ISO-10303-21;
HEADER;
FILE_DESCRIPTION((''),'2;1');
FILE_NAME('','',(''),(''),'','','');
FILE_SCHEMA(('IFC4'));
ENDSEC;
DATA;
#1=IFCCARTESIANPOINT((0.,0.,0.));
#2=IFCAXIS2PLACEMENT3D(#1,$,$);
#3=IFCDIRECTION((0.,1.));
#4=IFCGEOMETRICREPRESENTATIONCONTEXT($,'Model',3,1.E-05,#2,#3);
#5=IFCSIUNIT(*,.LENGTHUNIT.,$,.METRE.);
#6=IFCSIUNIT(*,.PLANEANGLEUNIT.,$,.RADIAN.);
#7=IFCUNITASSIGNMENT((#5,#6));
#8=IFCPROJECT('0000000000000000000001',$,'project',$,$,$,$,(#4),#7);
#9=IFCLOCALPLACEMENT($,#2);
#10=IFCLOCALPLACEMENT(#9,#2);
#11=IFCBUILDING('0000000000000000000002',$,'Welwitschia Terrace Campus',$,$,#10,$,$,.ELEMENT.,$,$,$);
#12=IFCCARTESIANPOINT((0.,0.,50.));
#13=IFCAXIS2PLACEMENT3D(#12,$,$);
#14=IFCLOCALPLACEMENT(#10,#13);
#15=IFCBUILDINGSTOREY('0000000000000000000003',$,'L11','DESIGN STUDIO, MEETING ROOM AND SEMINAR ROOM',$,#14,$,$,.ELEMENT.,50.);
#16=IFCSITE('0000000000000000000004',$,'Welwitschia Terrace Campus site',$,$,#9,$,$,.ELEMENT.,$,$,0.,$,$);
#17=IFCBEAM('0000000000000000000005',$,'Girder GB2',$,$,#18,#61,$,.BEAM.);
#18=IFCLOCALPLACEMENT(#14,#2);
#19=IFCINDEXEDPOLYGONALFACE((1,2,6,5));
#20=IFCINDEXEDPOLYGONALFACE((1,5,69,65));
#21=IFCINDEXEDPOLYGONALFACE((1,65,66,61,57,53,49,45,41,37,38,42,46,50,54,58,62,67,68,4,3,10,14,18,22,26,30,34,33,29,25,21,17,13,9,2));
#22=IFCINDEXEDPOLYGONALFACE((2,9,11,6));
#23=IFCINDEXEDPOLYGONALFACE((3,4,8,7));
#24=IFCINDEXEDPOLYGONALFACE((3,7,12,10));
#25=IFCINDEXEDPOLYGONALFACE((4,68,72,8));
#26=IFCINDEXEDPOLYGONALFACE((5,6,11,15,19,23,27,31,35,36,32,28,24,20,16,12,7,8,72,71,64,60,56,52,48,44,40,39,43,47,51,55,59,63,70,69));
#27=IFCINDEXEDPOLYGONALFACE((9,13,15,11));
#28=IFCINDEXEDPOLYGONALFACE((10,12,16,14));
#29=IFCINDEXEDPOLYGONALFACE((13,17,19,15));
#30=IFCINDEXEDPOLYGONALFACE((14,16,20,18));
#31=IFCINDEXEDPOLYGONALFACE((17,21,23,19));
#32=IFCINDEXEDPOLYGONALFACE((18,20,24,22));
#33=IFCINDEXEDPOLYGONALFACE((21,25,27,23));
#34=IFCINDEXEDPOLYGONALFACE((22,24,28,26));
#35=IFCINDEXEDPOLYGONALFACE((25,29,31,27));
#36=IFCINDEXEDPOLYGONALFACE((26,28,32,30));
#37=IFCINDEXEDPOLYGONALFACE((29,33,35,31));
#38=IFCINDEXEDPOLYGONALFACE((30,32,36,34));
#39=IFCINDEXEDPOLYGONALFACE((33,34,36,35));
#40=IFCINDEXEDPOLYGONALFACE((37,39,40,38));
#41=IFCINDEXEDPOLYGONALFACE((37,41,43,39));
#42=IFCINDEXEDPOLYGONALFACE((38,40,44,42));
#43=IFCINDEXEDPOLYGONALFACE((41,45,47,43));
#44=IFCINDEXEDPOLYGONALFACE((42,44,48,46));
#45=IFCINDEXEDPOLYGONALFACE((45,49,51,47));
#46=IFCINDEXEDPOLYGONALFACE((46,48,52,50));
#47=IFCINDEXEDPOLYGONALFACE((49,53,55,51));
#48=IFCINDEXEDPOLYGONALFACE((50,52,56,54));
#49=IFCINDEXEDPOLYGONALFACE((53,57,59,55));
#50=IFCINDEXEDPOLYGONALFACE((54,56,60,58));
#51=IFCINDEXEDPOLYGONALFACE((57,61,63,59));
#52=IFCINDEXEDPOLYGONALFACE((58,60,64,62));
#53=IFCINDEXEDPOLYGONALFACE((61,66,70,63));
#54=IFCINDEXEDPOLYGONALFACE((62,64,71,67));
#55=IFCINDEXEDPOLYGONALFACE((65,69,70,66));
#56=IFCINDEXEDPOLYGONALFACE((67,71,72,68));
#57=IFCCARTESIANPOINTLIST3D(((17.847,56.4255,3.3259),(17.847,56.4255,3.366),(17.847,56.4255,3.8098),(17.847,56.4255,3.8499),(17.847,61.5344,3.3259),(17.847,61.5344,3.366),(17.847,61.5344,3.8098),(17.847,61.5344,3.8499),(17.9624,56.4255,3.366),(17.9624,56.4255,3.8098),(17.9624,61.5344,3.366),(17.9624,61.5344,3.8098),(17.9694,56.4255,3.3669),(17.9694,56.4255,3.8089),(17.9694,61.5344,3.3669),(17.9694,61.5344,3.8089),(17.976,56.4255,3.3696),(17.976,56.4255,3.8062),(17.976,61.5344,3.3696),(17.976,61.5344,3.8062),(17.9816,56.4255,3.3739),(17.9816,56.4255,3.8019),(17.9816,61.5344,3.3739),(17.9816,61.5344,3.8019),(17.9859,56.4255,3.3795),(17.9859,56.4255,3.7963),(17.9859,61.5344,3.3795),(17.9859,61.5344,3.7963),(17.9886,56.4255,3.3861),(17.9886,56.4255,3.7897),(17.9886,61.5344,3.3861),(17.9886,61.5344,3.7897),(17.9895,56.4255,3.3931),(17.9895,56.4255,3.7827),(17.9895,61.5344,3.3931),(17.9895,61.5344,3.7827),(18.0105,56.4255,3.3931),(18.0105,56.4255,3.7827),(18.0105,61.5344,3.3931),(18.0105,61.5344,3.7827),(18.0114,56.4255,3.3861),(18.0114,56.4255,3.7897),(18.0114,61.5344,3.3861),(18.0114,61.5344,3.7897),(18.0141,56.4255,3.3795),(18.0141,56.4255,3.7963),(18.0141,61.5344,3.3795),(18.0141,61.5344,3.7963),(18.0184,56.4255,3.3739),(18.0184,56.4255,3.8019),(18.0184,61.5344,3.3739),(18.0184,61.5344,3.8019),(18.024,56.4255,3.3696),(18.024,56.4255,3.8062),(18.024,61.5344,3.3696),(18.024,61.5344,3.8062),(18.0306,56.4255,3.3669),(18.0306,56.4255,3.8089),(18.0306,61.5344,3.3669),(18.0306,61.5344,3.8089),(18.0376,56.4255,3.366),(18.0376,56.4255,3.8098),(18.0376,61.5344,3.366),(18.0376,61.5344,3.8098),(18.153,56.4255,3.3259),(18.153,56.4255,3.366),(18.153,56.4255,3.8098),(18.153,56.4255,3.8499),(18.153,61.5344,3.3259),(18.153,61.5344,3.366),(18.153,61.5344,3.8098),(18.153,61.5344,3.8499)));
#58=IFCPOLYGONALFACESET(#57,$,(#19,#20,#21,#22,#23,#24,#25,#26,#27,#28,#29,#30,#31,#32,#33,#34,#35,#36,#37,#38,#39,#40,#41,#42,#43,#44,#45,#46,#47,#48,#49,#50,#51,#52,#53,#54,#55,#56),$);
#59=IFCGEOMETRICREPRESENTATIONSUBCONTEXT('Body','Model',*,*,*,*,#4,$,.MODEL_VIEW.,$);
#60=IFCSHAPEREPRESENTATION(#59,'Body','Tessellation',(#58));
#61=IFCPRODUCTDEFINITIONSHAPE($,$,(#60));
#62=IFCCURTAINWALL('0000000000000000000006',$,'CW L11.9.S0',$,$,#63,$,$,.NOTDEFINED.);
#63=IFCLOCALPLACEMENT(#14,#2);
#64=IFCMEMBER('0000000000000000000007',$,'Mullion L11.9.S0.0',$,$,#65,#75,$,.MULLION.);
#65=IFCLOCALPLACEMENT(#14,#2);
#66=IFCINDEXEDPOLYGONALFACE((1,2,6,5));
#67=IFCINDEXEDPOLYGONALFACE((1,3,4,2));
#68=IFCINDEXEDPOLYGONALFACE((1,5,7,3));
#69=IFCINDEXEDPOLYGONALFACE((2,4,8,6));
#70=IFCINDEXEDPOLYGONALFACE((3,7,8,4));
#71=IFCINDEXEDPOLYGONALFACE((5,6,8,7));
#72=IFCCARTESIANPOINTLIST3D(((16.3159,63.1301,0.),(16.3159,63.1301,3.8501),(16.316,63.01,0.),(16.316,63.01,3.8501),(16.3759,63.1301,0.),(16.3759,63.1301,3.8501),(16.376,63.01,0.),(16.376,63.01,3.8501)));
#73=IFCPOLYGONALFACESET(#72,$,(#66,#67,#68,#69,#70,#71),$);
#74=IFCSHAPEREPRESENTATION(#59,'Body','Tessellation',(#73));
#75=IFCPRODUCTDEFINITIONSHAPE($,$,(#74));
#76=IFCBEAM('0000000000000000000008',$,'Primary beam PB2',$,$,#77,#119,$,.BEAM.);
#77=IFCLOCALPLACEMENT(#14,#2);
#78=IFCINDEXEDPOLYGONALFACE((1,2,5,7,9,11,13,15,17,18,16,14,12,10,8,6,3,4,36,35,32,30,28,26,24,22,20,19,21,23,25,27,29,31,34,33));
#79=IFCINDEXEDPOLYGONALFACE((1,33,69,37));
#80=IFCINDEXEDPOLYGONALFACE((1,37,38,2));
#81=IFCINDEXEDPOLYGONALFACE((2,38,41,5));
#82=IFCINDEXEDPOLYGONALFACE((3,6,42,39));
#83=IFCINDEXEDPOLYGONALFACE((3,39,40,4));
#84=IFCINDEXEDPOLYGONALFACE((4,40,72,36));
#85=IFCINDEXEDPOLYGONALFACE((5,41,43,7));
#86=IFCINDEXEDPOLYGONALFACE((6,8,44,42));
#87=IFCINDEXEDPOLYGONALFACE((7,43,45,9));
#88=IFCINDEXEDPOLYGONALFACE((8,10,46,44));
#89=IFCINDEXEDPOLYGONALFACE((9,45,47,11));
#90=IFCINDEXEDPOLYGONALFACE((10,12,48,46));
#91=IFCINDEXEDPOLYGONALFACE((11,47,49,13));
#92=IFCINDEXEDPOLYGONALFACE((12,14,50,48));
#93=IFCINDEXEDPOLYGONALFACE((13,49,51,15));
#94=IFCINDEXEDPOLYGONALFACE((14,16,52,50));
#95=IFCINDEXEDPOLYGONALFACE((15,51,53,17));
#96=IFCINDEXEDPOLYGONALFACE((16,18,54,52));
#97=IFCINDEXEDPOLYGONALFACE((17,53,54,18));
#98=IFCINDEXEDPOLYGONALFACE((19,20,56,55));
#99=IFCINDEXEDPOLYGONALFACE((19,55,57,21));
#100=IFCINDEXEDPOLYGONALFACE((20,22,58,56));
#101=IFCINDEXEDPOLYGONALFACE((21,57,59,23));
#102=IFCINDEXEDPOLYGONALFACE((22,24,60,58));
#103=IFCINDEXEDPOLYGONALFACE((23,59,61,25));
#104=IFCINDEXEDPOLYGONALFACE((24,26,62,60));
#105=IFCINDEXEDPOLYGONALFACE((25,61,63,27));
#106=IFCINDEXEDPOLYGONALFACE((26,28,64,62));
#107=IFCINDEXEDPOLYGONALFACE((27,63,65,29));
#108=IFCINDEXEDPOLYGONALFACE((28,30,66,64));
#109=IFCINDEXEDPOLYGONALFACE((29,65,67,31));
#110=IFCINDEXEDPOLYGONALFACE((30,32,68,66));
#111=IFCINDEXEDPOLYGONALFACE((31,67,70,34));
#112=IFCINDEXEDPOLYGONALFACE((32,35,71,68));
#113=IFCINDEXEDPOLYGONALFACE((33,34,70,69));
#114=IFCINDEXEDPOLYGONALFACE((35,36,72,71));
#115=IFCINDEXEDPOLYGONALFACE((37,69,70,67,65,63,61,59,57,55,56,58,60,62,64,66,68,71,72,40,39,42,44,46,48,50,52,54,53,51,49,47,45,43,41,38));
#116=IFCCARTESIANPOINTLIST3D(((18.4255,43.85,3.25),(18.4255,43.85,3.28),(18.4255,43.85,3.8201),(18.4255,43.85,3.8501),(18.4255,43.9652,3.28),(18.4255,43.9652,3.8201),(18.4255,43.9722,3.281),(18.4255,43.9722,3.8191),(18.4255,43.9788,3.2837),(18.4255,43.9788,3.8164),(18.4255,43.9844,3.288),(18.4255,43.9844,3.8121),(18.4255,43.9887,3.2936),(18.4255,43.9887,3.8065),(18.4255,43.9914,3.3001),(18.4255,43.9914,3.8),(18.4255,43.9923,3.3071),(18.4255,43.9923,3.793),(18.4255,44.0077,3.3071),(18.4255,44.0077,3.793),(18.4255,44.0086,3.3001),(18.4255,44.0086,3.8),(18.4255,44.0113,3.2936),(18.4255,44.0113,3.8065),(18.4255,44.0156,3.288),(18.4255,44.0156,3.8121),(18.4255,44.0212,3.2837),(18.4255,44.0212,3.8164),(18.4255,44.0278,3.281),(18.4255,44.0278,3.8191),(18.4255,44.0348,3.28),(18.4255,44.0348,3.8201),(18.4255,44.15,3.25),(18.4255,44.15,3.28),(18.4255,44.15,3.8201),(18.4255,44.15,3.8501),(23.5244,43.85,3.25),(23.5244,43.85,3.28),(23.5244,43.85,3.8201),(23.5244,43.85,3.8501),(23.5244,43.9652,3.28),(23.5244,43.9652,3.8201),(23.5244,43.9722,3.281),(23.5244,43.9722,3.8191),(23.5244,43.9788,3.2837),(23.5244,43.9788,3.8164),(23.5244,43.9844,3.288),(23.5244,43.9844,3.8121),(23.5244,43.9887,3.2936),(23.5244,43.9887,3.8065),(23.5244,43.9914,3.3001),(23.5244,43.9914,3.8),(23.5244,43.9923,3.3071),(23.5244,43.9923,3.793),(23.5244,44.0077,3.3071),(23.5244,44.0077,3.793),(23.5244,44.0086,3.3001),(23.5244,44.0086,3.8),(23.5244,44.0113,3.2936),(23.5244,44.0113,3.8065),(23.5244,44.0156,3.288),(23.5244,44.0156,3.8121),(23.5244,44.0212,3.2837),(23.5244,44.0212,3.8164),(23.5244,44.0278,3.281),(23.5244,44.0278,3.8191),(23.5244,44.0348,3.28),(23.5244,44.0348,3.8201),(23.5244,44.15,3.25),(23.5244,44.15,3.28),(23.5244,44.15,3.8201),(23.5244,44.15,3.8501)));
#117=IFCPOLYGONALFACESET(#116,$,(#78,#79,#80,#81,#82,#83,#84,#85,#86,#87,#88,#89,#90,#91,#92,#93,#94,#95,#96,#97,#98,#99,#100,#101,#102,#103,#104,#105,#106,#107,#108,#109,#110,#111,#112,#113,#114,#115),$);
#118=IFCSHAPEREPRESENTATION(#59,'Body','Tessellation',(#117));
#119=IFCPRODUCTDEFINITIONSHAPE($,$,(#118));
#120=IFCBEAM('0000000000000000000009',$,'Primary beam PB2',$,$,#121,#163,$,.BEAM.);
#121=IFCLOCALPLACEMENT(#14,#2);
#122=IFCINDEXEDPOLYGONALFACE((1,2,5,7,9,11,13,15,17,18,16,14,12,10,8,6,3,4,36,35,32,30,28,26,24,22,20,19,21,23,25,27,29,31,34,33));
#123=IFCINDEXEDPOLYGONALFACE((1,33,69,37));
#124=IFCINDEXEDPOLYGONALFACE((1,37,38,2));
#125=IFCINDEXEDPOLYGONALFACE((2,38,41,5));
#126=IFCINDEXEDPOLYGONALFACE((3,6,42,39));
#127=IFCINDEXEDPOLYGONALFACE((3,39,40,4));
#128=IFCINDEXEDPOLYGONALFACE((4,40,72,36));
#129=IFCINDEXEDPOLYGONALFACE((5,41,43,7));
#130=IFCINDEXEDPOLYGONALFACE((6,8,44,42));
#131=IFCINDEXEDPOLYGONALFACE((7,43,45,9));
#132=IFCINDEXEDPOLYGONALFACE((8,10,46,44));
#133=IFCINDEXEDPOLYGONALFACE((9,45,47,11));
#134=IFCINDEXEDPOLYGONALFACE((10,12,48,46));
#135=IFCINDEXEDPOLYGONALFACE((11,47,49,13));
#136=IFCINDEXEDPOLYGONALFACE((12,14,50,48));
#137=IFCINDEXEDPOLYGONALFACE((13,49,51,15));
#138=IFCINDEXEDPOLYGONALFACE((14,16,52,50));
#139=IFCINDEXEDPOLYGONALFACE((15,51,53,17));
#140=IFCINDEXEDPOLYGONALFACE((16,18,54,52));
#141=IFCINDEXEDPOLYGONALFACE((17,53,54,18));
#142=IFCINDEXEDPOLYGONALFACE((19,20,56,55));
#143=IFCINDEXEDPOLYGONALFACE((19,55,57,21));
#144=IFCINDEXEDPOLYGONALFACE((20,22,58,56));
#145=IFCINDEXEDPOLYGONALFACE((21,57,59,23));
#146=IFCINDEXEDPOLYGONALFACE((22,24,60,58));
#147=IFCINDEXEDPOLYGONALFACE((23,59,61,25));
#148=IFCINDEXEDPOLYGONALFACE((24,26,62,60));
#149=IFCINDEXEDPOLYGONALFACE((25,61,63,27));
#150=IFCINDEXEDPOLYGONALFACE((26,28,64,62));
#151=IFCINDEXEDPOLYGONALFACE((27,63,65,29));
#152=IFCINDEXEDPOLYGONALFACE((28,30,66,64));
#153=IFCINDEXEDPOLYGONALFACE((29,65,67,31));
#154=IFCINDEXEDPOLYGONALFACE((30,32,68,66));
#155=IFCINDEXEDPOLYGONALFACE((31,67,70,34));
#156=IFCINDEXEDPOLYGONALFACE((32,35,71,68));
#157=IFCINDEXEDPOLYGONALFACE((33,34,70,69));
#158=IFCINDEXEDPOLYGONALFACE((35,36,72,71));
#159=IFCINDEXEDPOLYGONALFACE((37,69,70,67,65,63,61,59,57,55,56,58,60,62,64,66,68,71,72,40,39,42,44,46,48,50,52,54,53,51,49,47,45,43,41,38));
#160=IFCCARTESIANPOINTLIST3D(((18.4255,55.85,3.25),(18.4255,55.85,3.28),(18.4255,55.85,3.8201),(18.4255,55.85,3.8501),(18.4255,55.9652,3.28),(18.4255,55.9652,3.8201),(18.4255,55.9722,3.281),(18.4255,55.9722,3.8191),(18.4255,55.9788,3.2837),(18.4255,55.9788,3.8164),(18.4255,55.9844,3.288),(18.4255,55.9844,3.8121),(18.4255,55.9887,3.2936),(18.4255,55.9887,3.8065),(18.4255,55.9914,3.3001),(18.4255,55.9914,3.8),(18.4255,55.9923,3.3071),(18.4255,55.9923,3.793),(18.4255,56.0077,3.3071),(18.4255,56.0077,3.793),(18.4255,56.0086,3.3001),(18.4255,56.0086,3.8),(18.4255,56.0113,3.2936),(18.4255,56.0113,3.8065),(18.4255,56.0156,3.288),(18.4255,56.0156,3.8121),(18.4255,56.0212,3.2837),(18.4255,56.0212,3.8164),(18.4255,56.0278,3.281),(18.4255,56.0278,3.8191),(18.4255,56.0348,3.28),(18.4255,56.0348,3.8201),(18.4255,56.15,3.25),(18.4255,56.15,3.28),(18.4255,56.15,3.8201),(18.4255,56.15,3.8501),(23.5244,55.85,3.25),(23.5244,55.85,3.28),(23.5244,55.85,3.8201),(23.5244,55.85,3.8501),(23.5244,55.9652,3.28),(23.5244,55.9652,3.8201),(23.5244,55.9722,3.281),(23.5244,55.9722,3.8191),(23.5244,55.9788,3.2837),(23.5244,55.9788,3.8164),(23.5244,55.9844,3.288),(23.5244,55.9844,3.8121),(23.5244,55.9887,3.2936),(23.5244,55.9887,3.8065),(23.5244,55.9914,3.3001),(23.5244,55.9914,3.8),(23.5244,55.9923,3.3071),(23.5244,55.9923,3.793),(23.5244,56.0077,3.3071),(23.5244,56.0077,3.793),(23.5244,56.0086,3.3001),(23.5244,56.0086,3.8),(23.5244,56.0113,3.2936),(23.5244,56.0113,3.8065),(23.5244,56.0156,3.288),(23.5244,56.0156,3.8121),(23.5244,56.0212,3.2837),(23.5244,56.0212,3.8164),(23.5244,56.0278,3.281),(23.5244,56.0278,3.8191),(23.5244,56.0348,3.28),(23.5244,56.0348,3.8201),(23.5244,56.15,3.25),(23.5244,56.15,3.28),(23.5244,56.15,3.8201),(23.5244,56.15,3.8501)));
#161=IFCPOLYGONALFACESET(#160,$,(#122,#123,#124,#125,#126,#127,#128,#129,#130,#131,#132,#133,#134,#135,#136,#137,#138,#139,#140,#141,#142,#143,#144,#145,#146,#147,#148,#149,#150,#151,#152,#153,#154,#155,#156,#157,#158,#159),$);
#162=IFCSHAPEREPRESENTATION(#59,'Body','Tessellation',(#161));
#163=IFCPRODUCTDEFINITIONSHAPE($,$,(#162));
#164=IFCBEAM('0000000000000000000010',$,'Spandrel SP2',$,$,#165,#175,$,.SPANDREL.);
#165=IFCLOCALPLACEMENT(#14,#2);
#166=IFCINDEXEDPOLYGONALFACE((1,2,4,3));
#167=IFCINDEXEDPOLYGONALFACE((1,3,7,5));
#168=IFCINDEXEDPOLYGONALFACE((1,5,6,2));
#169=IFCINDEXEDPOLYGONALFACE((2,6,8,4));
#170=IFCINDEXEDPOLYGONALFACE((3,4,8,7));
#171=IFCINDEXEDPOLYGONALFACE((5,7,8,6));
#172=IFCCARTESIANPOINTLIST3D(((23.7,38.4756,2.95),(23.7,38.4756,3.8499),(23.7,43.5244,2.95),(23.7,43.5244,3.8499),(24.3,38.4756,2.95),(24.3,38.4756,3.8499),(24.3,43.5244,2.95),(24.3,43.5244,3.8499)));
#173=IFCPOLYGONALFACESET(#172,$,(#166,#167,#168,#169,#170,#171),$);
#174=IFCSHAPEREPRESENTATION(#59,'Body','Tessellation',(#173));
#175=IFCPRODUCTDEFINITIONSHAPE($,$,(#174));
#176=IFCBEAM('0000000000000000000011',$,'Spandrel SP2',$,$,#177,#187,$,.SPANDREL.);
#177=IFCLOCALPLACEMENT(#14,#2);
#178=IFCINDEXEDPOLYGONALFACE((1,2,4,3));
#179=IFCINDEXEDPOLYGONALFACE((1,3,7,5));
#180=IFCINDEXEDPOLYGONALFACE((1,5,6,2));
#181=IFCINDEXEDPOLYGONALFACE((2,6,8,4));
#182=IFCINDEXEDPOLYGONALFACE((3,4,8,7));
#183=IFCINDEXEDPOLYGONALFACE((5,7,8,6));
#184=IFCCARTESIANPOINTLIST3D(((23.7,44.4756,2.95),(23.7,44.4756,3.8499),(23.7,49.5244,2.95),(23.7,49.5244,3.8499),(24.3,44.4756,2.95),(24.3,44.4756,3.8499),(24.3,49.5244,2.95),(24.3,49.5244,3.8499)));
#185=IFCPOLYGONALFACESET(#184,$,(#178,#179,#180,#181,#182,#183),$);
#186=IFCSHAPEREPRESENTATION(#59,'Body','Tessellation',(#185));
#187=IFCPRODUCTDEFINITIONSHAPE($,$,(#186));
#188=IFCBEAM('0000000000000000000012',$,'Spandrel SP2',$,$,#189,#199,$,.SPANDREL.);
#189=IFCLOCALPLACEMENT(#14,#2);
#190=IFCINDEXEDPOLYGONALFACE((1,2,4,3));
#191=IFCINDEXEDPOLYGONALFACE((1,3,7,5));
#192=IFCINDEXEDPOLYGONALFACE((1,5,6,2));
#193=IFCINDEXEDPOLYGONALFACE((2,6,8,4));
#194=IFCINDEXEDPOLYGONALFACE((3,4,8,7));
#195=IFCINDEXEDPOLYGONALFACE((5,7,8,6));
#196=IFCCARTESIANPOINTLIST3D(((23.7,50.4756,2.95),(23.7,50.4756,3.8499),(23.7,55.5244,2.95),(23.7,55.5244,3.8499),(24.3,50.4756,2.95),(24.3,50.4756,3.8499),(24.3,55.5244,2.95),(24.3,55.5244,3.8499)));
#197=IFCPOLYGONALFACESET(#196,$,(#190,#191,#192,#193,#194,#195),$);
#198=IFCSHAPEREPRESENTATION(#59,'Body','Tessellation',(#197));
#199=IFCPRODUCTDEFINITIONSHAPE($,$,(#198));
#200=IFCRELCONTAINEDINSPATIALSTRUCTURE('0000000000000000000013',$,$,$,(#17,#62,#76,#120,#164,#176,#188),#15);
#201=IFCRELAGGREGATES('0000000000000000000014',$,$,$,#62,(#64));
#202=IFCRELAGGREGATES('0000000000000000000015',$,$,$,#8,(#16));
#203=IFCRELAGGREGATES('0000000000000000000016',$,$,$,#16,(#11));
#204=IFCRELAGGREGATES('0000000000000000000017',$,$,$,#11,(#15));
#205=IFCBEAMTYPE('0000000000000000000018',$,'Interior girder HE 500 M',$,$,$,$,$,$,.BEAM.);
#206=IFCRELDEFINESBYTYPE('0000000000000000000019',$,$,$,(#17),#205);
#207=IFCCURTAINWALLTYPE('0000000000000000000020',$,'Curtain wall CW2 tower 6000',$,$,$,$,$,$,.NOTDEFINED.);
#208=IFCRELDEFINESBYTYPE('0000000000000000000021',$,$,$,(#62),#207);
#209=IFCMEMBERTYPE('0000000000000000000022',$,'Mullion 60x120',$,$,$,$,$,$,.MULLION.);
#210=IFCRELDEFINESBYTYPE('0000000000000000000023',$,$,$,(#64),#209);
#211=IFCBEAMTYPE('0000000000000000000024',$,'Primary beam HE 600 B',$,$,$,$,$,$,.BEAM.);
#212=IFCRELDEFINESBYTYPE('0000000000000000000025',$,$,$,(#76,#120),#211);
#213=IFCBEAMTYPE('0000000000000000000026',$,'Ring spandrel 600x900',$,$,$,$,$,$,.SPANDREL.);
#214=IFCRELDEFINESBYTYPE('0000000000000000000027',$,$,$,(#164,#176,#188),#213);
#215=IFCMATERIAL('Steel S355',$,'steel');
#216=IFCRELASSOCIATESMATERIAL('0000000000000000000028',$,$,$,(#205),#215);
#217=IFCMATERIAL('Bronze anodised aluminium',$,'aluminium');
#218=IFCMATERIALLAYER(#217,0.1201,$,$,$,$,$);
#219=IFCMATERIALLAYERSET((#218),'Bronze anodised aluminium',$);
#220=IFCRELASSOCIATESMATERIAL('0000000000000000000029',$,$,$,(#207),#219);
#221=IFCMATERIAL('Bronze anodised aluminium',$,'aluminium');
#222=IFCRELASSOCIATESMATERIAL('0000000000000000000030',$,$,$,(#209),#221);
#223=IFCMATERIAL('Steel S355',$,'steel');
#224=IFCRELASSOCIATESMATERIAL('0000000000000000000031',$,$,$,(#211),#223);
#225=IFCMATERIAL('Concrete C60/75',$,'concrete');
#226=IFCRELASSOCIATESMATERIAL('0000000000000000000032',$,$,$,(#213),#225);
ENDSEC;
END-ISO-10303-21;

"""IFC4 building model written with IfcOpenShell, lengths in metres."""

from ifc_helpers import new_model, si_unit, direction, frame, origin, origin_2d, place, context, subcontext, project, spatial, rectangle, i_section, extrude, material, layer, layer_set, material_profile, profile_set, type_object, element, aggregate, save


model = new_model("IFC4")

# Units and contexts
model_context = context("Model", 3, precision=1e-05, world=origin(), true_north=direction((0.0, 1.0)))
body_context = subcontext(model_context, "Body", "Model", "MODEL_VIEW")
ifc_project = project(units=[si_unit("LENGTHUNIT", "METRE"), si_unit("PLANEANGLEUNIT", "RADIAN")], contexts=[model_context])

# Site, building, storey
site_placement = place(None, origin())
site = spatial("IfcSite", under=ifc_project, at=site_placement, Name="Welwitschia Terrace Campus site", CompositionType="ELEMENT", RefElevation=0.0)
building_placement = place(site_placement, origin())
building = spatial("IfcBuilding", under=site, at=building_placement, Name="Welwitschia Terrace Campus", CompositionType="ELEMENT")
storey_placement = place(building_placement, frame((0.0, 0.0, 50.0)))
storey = spatial("IfcBuildingStorey", under=building, at=storey_placement, Name="L11", Description="DESIGN STUDIO, MEETING ROOM AND SEMINAR ROOM", CompositionType="ELEMENT", Elevation=50.0)

# Beam
ifc_material_1 = material(Name="Steel S355", Category="steel")
ifc_material_profile_1 = material_profile(ifc_material_1, i_section(OverallWidth=0.3059, OverallDepth=0.5239, WebThickness=0.021, FlangeThickness=0.04, FilletRadius=0.0271, at=origin_2d()))
ifc_profile_set_1 = profile_set([ifc_material_profile_1], Name="Steel S355")
beam_type_1 = type_object("IfcBeamType", Name="Interior girder HE 500 M", PredefinedType="BEAM", material=ifc_profile_set_1)
beam_1_placement = place(storey_placement, frame((18.0, 56.4255, 3.5879), z_axis=(0.0, 1.0, 0.0), x_axis=(-1.0, 0.0, 0.0)))
element("IfcBeam", 1, at=beam_1_placement, inside=storey, type_object=beam_type_1, Name="Girder GB2", PredefinedType="BEAM", context=body_context, shape_type="SweptSolid", body=[
    extrude(i_section(OverallWidth=0.3059, OverallDepth=0.5239, WebThickness=0.021, FlangeThickness=0.04, FilletRadius=0.0271, at=origin_2d()), origin(), (0.0, 0.0, 1.0), 5.1089),
])

# Curtain wall, member
ifc_material_2 = material(Name="Bronze anodised aluminium", Category="aluminium")
ifc_layer_1 = layer(ifc_material_2, 0.1201)
ifc_layer_set_1 = layer_set([ifc_layer_1], Name="Bronze anodised aluminium")
curtain_wall_type = type_object("IfcCurtainWallType", Name="Curtain wall CW2 tower 6000", PredefinedType="NOTDEFINED", material=ifc_layer_set_1)
curtain_wall_placement = place(storey_placement, origin())
curtain_wall = element("IfcCurtainWall", 2, at=curtain_wall_placement, inside=storey, type_object=curtain_wall_type, Name="CW L11.9.S0", PredefinedType="NOTDEFINED")
ifc_material_3 = material(Name="Bronze anodised aluminium", Category="aluminium")
ifc_material_profile_2 = material_profile(ifc_material_3, rectangle(XDim=0.1201, YDim=0.0601, at=origin_2d()))
ifc_profile_set_2 = profile_set([ifc_material_profile_2], Name="Bronze anodised aluminium")
member_type = type_object("IfcMemberType", Name="Mullion 60x120", PredefinedType="MULLION", material=ifc_profile_set_2)
member_placement = place(storey_placement, frame((16.3459, 63.0701, 0.0), z_axis=(0.0, 0.0, 1.0), x_axis=(0.000696, -1.0, 0.0)))
member = element("IfcMember", 3, at=member_placement, type_object=member_type, Name="Mullion L11.9.S0.0", PredefinedType="MULLION", context=body_context, shape_type="SweptSolid", body=[
    extrude(rectangle(XDim=0.1201, YDim=0.0601, at=origin_2d()), origin(), (0.0, 0.0, 1.0), 3.8501),
])
aggregate(curtain_wall, [member])

# Beams
ifc_material_4 = material(Name="Steel S355", Category="steel")
ifc_material_profile_3 = material_profile(ifc_material_4, i_section(OverallWidth=0.3, OverallDepth=0.6001, WebThickness=0.0154, FlangeThickness=0.03, FilletRadius=0.0271, at=origin_2d()))
ifc_profile_set_3 = profile_set([ifc_material_profile_3], Name="Steel S355")
beam_type_2 = type_object("IfcBeamType", Name="Primary beam HE 600 B", PredefinedType="BEAM", material=ifc_profile_set_3)
for number, where, z_axis, x_axis, name in (
    (4, (23.5244, 44.0, 3.55), (-1.0, 0.0, 0.0), (0.0, -1.0, 0.0), "Primary beam PB2"),
    (5, (23.5244, 56.0, 3.55), (-1.0, 0.0, 0.0), (0.0, -1.0, 0.0), "Primary beam PB2"),
):
    element("IfcBeam", number, at=place(storey_placement, frame(where, z_axis=z_axis, x_axis=x_axis)), inside=storey, type_object=beam_type_2, Name=name, PredefinedType="BEAM", context=body_context, shape_type="SweptSolid", body=[
        extrude(i_section(OverallWidth=0.3, OverallDepth=0.6001, WebThickness=0.0154, FlangeThickness=0.03, FilletRadius=0.0271, at=origin_2d()), origin(), (0.0, 0.0, 1.0), 5.0989),
    ])
ifc_material_5 = material(Name="Concrete C60/75", Category="concrete")
ifc_material_profile_4 = material_profile(ifc_material_5, rectangle(XDim=0.6001, YDim=0.8999, at=origin_2d()))
ifc_profile_set_4 = profile_set([ifc_material_profile_4], Name="Concrete C60/75")
beam_type_3 = type_object("IfcBeamType", Name="Ring spandrel 600x900", PredefinedType="SPANDREL", material=ifc_profile_set_4)
for number, where, z_axis, x_axis, name in (
    (6, (24.0, 38.4756, 3.3999), (0.0, 1.0, 0.0), (-1.0, 0.0, 0.0), "Spandrel SP2"),
    (7, (24.0, 44.4756, 3.3999), (0.0, 1.0, 0.0), (-1.0, 0.0, 0.0), "Spandrel SP2"),
    (8, (24.0, 50.4756, 3.3999), (0.0, 1.0, 0.0), (-1.0, 0.0, 0.0), "Spandrel SP2"),
):
    element("IfcBeam", number, at=place(storey_placement, frame(where, z_axis=z_axis, x_axis=x_axis)), inside=storey, type_object=beam_type_3, Name=name, PredefinedType="SPANDREL", context=body_context, shape_type="SweptSolid", body=[
        extrude(rectangle(XDim=0.6001, YDim=0.8999, at=origin_2d()), origin(), (0.0, 0.0, 1.0), 5.0488),
    ])

save(model, "model.ifc")
